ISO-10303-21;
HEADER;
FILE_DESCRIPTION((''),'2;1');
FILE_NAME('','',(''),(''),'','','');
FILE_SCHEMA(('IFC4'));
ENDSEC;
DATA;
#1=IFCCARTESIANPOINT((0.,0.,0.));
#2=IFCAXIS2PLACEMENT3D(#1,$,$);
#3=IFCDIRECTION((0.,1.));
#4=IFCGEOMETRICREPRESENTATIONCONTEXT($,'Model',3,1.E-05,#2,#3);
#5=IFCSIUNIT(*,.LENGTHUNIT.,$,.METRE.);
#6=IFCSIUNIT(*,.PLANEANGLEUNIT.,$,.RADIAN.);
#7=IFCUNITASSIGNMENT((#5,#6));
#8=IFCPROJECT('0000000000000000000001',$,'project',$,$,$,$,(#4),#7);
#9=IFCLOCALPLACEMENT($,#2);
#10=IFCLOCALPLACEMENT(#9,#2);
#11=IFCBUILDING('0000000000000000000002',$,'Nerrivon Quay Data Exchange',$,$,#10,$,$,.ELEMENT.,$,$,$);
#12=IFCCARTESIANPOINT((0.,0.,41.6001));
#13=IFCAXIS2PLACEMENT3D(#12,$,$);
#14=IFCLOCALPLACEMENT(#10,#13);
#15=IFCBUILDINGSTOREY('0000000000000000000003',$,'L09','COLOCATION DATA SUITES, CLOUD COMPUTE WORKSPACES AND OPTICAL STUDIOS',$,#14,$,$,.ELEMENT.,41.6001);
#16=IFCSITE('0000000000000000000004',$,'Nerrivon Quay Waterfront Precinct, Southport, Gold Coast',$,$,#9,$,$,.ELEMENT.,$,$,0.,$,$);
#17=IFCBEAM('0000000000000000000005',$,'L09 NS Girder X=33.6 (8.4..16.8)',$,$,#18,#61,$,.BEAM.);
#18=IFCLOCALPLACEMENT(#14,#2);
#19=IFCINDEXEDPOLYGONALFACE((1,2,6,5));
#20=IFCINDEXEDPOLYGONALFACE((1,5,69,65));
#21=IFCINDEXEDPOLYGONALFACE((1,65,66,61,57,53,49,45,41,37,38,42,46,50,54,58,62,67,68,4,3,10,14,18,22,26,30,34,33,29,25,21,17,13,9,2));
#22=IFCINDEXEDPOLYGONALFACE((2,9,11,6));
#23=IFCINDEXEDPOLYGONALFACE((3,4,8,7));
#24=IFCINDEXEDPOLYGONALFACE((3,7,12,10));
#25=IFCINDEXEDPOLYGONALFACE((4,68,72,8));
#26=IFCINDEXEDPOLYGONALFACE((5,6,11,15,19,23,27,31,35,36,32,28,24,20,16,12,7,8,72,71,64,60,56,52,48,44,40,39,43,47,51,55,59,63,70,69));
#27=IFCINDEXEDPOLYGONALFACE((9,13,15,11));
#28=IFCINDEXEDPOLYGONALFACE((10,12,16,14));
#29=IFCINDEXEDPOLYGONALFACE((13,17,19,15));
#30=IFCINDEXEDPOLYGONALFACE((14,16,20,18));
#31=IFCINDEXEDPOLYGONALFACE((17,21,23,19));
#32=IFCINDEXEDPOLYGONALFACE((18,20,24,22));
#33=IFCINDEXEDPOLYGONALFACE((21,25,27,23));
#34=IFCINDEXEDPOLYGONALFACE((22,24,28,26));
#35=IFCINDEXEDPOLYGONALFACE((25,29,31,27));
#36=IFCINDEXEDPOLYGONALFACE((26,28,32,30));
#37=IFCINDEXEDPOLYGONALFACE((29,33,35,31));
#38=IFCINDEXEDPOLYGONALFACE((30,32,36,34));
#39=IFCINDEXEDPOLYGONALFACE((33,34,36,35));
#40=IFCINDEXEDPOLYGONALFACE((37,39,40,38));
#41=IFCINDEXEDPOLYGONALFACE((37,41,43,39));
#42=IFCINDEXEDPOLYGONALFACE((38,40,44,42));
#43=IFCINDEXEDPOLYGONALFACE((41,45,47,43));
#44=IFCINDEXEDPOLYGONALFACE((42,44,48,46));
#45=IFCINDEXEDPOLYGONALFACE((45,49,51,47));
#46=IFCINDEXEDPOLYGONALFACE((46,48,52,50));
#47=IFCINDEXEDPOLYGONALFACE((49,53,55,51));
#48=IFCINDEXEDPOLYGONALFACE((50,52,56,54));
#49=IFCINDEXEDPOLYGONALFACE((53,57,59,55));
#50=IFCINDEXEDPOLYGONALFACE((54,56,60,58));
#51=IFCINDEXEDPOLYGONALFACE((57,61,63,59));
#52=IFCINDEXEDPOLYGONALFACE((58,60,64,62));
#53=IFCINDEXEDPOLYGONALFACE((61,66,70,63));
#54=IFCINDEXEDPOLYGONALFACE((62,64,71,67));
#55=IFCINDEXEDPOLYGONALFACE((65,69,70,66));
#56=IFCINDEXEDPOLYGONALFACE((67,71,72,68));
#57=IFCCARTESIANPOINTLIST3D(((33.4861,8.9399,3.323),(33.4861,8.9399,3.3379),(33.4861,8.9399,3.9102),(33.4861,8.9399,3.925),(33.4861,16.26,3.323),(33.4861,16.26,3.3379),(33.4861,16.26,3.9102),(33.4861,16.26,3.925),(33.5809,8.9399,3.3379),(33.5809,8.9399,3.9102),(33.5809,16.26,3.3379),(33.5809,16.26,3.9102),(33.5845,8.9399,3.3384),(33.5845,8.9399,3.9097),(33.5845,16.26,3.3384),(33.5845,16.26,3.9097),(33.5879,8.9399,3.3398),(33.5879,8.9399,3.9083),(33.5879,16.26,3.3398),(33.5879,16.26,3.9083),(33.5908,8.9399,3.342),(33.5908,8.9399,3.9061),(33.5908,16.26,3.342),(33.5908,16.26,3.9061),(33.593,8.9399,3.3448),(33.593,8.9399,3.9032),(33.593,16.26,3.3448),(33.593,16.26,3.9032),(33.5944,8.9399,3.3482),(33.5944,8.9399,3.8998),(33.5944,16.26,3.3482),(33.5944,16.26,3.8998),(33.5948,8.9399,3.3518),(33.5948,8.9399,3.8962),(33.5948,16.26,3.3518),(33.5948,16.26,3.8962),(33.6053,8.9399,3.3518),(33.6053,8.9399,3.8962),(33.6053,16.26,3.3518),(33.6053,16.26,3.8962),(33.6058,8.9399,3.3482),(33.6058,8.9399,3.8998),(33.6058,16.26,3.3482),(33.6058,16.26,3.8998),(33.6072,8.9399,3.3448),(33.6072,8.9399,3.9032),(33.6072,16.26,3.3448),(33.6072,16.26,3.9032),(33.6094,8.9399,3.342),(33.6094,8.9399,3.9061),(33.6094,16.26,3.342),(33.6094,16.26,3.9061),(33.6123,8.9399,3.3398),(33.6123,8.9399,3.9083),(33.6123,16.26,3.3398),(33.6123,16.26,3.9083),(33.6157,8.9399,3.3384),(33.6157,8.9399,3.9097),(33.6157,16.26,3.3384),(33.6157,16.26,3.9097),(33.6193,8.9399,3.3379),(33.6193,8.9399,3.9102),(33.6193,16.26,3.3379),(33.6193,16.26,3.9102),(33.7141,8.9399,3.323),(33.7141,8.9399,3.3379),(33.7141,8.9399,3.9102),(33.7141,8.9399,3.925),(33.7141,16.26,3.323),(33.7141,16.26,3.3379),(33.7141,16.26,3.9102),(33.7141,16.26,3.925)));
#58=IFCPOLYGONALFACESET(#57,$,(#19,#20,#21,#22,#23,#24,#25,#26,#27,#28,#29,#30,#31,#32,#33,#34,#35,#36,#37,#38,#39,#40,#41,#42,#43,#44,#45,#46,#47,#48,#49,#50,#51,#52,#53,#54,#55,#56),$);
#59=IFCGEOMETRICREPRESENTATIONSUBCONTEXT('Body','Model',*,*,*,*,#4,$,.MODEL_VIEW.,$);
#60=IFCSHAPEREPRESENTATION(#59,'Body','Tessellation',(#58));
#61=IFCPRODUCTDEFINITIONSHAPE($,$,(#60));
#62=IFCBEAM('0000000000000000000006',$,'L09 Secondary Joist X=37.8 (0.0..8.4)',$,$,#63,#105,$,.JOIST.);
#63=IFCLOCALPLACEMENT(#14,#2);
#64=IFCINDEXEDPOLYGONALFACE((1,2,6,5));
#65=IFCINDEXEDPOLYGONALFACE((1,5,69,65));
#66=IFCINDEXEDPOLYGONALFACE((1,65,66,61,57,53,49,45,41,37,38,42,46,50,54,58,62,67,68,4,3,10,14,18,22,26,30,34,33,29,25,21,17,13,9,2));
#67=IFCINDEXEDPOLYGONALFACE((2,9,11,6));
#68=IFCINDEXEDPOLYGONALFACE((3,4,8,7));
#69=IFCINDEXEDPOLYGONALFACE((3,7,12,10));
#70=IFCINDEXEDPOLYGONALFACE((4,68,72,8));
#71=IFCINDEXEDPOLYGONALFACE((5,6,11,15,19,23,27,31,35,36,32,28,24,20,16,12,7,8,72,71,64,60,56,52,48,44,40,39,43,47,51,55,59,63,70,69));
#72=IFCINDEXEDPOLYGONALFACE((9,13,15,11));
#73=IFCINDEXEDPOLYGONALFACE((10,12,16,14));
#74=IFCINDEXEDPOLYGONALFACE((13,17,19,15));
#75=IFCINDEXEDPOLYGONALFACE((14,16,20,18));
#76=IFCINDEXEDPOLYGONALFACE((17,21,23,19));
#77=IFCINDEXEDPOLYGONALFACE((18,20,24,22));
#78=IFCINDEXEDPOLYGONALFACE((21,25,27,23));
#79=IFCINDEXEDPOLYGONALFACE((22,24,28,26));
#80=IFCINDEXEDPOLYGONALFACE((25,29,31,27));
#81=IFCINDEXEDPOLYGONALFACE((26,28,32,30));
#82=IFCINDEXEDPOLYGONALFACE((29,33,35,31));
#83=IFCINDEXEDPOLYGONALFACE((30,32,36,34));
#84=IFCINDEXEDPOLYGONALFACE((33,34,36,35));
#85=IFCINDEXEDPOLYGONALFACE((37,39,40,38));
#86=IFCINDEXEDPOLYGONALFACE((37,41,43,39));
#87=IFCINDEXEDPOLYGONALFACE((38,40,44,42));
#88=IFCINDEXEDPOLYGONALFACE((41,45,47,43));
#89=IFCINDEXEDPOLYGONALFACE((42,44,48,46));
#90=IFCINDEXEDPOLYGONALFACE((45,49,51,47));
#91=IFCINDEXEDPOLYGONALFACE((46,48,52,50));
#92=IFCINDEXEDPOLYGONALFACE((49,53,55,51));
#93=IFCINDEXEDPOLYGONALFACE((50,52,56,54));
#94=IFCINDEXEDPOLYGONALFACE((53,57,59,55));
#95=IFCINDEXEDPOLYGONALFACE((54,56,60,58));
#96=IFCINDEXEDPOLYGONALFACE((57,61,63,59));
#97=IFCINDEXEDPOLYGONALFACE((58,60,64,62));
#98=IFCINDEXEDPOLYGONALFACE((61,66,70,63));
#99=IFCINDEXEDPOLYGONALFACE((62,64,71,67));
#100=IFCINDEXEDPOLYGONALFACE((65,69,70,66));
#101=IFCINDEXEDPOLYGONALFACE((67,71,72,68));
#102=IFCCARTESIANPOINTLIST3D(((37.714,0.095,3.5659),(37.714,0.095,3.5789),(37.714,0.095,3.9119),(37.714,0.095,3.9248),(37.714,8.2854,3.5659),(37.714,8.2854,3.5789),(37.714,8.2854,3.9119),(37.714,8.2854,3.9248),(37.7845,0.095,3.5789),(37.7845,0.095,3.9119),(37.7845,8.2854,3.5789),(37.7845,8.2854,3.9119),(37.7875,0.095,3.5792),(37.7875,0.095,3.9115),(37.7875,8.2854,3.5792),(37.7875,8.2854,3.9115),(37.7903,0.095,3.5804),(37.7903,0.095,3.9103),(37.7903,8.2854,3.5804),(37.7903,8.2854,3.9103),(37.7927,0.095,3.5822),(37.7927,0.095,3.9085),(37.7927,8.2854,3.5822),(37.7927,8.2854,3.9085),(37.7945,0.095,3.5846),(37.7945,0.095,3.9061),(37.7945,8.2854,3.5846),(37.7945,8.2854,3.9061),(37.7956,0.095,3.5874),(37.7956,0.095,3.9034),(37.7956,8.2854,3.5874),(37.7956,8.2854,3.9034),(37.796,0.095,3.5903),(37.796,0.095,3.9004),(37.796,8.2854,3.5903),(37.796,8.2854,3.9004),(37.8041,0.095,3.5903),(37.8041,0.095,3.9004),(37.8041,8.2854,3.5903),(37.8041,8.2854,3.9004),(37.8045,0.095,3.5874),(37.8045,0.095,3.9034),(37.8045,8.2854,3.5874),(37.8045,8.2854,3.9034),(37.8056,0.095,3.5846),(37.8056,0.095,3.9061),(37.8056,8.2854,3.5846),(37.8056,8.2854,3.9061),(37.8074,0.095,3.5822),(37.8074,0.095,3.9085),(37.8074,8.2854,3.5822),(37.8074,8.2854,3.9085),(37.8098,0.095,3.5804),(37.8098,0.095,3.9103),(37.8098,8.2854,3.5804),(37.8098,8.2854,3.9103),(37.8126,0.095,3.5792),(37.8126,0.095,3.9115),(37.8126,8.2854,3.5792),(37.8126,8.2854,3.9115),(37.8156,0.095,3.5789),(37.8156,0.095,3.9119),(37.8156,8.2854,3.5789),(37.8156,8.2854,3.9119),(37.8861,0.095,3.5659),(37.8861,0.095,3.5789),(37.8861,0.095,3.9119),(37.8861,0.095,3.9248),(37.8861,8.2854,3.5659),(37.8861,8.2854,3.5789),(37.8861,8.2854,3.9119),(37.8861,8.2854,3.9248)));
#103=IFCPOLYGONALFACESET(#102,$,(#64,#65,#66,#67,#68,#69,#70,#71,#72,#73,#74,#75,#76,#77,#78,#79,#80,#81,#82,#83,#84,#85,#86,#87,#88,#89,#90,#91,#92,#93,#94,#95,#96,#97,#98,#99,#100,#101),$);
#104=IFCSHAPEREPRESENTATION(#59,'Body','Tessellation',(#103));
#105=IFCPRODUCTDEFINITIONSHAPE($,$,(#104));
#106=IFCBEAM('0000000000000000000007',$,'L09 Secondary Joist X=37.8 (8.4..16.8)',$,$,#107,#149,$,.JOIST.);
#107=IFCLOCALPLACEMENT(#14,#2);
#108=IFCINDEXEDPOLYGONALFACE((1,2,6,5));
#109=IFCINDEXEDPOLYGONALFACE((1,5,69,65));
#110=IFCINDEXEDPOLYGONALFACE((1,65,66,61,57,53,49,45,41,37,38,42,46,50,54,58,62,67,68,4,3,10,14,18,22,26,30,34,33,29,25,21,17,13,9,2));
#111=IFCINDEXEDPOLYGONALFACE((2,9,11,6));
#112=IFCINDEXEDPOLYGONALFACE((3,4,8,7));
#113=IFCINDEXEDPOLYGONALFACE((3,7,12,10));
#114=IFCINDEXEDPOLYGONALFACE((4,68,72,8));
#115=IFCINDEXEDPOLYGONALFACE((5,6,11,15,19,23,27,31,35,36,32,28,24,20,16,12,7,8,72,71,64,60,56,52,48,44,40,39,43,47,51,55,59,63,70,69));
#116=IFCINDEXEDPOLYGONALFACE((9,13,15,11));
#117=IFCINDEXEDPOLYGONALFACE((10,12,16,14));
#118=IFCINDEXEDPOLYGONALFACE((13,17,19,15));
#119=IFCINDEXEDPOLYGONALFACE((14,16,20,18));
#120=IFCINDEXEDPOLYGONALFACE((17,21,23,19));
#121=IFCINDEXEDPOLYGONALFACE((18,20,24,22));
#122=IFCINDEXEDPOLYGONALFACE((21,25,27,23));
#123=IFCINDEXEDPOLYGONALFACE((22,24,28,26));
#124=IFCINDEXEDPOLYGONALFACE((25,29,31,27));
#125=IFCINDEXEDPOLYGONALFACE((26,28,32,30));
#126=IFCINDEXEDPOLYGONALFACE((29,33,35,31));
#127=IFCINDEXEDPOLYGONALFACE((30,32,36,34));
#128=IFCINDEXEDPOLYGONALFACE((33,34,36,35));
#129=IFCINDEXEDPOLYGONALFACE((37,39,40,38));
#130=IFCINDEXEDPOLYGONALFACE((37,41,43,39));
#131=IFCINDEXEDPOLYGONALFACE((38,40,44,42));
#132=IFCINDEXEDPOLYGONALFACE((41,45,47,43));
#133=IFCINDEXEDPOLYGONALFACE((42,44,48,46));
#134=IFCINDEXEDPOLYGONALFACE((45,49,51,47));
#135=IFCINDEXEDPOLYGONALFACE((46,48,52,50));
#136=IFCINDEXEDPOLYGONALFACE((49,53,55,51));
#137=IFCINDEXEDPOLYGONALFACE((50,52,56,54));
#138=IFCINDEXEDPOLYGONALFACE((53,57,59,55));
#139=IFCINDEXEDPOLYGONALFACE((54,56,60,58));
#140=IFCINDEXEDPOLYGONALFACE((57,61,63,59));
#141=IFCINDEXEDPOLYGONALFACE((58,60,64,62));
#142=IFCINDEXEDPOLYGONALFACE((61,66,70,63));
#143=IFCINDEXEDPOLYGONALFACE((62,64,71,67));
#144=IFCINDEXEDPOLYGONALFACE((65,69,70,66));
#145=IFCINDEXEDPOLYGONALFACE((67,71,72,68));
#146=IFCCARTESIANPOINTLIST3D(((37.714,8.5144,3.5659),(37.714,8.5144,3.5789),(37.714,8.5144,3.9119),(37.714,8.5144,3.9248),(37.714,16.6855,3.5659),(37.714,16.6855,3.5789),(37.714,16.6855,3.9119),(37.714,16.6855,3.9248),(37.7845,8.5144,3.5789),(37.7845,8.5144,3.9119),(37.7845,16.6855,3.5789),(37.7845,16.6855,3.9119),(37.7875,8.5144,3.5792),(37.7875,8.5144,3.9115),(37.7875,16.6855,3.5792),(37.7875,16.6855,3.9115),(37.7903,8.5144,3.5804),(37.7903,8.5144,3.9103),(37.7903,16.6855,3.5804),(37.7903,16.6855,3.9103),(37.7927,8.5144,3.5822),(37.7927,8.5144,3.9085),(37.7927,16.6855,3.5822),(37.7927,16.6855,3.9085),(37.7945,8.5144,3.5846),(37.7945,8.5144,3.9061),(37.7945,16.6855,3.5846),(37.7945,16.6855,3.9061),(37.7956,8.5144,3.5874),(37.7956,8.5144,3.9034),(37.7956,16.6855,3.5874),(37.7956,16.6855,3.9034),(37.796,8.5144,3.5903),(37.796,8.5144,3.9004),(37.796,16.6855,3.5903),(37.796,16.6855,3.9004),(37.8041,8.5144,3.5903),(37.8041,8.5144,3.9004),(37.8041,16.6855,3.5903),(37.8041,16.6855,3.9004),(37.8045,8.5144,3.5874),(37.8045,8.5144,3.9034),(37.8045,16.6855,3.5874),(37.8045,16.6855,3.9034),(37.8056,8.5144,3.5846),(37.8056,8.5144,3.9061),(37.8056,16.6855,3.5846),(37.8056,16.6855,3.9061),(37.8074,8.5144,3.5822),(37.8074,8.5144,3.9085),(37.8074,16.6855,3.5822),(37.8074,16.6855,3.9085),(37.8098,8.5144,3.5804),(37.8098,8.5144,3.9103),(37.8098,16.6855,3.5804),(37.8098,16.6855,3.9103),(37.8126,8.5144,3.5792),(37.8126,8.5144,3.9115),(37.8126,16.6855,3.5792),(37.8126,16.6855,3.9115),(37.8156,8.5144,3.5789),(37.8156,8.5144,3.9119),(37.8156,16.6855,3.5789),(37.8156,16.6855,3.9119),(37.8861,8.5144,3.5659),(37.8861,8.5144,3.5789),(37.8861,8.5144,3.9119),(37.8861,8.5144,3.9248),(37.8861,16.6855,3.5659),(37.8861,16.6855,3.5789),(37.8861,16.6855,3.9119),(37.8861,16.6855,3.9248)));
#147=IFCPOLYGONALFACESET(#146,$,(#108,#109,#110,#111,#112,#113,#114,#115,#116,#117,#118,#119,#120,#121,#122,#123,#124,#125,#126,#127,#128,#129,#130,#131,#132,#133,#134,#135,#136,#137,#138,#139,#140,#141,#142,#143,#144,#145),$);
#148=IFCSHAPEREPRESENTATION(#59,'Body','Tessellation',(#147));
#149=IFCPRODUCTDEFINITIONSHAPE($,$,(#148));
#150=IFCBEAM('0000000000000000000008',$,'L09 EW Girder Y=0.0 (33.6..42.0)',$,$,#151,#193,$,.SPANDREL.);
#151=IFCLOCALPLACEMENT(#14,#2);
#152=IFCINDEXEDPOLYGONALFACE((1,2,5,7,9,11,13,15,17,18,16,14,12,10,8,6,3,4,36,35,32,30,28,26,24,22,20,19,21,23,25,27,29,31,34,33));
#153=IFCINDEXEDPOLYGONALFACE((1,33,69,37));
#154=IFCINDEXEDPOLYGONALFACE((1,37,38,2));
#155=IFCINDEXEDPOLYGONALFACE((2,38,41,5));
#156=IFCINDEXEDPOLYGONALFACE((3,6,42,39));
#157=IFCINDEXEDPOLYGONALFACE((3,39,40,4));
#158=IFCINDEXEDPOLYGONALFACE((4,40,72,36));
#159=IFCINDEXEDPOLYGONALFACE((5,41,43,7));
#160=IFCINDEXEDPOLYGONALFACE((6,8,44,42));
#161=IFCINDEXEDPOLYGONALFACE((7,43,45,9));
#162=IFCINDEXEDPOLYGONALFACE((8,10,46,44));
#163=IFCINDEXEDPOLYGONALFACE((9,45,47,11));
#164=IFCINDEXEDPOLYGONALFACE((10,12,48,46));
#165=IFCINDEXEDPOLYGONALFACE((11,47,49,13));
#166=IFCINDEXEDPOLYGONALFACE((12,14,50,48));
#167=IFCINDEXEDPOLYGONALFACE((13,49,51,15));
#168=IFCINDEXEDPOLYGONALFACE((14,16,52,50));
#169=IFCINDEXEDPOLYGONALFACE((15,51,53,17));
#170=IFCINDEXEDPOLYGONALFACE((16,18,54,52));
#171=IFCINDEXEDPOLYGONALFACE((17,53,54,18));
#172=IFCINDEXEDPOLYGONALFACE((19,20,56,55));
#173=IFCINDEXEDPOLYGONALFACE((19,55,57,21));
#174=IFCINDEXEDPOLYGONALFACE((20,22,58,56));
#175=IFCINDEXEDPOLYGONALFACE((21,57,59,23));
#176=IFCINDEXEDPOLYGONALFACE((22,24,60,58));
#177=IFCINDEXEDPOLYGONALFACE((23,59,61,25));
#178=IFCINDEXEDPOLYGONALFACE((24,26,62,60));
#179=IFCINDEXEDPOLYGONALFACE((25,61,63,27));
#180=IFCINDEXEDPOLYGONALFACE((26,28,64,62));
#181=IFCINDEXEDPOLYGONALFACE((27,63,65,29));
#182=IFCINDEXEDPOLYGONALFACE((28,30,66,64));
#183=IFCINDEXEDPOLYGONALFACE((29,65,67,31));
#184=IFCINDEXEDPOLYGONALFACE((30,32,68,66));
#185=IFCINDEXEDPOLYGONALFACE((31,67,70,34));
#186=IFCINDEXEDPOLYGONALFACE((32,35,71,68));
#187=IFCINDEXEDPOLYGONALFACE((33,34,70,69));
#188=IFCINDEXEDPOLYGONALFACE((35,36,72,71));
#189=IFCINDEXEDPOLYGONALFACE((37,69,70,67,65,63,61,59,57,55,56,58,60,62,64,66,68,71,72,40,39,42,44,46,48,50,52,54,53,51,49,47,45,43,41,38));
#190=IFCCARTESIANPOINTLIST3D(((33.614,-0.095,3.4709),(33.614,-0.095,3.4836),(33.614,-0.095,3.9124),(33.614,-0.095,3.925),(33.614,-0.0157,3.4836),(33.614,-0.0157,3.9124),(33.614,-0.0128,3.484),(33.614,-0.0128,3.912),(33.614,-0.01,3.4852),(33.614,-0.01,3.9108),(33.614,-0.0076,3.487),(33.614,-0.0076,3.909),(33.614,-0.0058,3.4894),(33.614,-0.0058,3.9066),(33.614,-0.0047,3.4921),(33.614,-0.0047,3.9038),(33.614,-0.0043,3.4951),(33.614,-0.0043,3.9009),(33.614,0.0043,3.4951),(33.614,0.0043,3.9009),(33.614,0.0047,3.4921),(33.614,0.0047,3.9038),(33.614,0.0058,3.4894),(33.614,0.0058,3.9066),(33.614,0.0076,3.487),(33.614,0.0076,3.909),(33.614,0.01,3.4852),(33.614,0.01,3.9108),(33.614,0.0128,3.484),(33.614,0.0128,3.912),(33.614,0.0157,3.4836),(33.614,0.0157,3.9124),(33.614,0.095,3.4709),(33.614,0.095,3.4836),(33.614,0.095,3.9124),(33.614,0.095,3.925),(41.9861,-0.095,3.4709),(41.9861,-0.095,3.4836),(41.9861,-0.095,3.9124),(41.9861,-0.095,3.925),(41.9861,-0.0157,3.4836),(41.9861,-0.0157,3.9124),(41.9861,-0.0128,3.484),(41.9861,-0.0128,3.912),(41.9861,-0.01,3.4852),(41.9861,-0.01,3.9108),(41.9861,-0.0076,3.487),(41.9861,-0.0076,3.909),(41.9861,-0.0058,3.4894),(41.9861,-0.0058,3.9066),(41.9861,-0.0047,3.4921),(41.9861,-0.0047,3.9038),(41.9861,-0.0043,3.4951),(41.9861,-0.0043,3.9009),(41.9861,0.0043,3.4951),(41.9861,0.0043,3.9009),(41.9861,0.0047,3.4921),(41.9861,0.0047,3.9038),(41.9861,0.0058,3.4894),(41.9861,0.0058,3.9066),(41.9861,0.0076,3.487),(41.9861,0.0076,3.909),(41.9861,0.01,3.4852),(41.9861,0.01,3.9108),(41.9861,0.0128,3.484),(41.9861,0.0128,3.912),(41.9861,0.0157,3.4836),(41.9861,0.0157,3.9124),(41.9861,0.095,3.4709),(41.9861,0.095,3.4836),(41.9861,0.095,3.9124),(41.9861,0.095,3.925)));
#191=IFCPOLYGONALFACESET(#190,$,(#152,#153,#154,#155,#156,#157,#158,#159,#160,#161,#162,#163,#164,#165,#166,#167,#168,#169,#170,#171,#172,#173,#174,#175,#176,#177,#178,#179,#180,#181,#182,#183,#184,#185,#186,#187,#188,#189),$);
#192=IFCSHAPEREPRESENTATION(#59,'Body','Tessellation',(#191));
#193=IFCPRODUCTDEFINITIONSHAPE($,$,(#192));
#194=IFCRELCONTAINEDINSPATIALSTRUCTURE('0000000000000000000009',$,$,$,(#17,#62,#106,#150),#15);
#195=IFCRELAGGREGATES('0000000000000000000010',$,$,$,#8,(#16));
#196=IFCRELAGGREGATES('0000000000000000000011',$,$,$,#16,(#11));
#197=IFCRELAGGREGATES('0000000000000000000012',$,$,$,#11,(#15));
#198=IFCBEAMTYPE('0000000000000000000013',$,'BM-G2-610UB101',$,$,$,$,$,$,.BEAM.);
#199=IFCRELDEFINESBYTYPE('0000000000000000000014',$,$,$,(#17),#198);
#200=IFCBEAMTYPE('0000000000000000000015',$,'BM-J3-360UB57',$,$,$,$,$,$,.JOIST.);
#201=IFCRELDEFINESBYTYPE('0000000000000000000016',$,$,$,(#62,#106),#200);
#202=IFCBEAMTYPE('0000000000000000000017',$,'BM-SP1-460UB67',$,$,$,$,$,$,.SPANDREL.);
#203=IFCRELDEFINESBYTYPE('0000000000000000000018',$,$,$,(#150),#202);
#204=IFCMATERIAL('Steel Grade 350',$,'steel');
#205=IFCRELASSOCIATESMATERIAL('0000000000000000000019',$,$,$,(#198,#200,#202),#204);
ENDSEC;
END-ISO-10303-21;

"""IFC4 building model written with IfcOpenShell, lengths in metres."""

from ifc_helpers import new_model, si_unit, direction, frame, origin, origin_2d, place, context, subcontext, project, spatial, i_section, extrude, material, material_profile, profile_set, type_object, element, save


model = new_model("IFC4")

# Units and contexts
model_context = context("Model", 3, precision=1e-05, world=origin(), true_north=direction((0.0, 1.0)))
body_context = subcontext(model_context, "Body", "Model", "MODEL_VIEW")
ifc_project = project(units=[si_unit("LENGTHUNIT", "METRE"), si_unit("PLANEANGLEUNIT", "RADIAN")], contexts=[model_context])

# Site, building, storey
site_placement = place(None, origin())
site = spatial("IfcSite", under=ifc_project, at=site_placement, Name="Nerrivon Quay Waterfront Precinct, Southport, Gold Coast", CompositionType="ELEMENT", RefElevation=0.0)
building_placement = place(site_placement, origin())
building = spatial("IfcBuilding", under=site, at=building_placement, Name="Nerrivon Quay Data Exchange", CompositionType="ELEMENT")
storey_placement = place(building_placement, frame((0.0, 0.0, 41.6001)))
storey = spatial("IfcBuildingStorey", under=building, at=storey_placement, Name="L09", Description="COLOCATION DATA SUITES, CLOUD COMPUTE WORKSPACES AND OPTICAL STUDIOS", CompositionType="ELEMENT", Elevation=41.6001)

# Shared definitions
ifc_material_1 = material(Name="Steel Grade 350", Category="steel")

# Beams
ifc_material_profile_1 = material_profile(ifc_material_1, i_section(OverallWidth=0.228, OverallDepth=0.6021, WebThickness=0.0105, FlangeThickness=0.0149, FilletRadius=0.0139, at=origin_2d()), Name="610UB101")
ifc_profile_set_1 = profile_set([ifc_material_profile_1], Name="Steel Grade 350")
beam_type_1 = type_object("IfcBeamType", Name="BM-G2-610UB101", PredefinedType="BEAM", material=ifc_profile_set_1)
beam_1_placement = place(storey_placement, frame((33.6001, 8.9399, 3.624), z_axis=(0.0, 1.0, 0.0), x_axis=(-1.0, 0.0, 0.0)))
element("IfcBeam", 1, at=beam_1_placement, inside=storey, type_object=beam_type_1, Name="L09 NS Girder X=33.6 (8.4..16.8)", PredefinedType="BEAM", context=body_context, shape_type="SweptSolid", body=[
    extrude(i_section(OverallWidth=0.228, OverallDepth=0.6021, WebThickness=0.0105, FlangeThickness=0.0149, FilletRadius=0.0139, at=origin_2d()), origin(), (0.0, 0.0, 1.0), 7.3201),
])
ifc_material_profile_2 = material_profile(ifc_material_1, i_section(OverallWidth=0.1721, OverallDepth=0.3589, WebThickness=0.0081, FlangeThickness=0.0129, FilletRadius=0.0115, at=origin_2d()), Name="360UB56.7")
ifc_profile_set_2 = profile_set([ifc_material_profile_2], Name="Steel Grade 350")
beam_type_2 = type_object("IfcBeamType", Name="BM-J3-360UB57", PredefinedType="JOIST", material=ifc_profile_set_2)
beam_2_placement = place(storey_placement, frame((37.8, 0.095, 3.7454), z_axis=(0.0, 1.0, 0.0), x_axis=(-1.0, 0.0, 0.0)))
element("IfcBeam", 2, at=beam_2_placement, inside=storey, type_object=beam_type_2, Name="L09 Secondary Joist X=37.8 (0.0..8.4)", PredefinedType="JOIST", context=body_context, shape_type="SweptSolid", body=[
    extrude(i_section(OverallWidth=0.1721, OverallDepth=0.3589, WebThickness=0.0081, FlangeThickness=0.0129, FilletRadius=0.0115, at=origin_2d()), origin(), (0.0, 0.0, 1.0), 8.1904),
])
beam_3_placement = place(storey_placement, frame((37.8, 8.5144, 3.7454), z_axis=(0.0, 1.0, 0.0), x_axis=(-1.0, 0.0, 0.0)))
element("IfcBeam", 3, at=beam_3_placement, inside=storey, type_object=beam_type_2, Name="L09 Secondary Joist X=37.8 (8.4..16.8)", PredefinedType="JOIST", context=body_context, shape_type="SweptSolid", body=[
    extrude(i_section(OverallWidth=0.1721, OverallDepth=0.3589, WebThickness=0.0081, FlangeThickness=0.0129, FilletRadius=0.0115, at=origin_2d()), origin(), (0.0, 0.0, 1.0), 8.1711),
])
ifc_material_profile_3 = material_profile(ifc_material_1, i_section(OverallWidth=0.1899, OverallDepth=0.4541, WebThickness=0.0085, FlangeThickness=0.0127, FilletRadius=0.0115, at=origin_2d()), Name="460UB67.1")
ifc_profile_set_3 = profile_set([ifc_material_profile_3], Name="Steel Grade 350")
beam_type_3 = type_object("IfcBeamType", Name="BM-SP1-460UB67", PredefinedType="SPANDREL", material=ifc_profile_set_3)
beam_4_placement = place(storey_placement, frame((33.614, 0.0, 3.698), z_axis=(1.0, 0.0, 0.0), x_axis=(0.0, 1.0, 0.0)))
element("IfcBeam", 4, at=beam_4_placement, inside=storey, type_object=beam_type_3, Name="L09 EW Girder Y=0.0 (33.6..42.0)", PredefinedType="SPANDREL", context=body_context, shape_type="SweptSolid", body=[
    extrude(i_section(OverallWidth=0.1899, OverallDepth=0.4541, WebThickness=0.0085, FlangeThickness=0.0127, FilletRadius=0.0115, at=origin_2d()), origin(), (0.0, 0.0, 1.0), 8.3721),
])

save(model, "model.ifc")
